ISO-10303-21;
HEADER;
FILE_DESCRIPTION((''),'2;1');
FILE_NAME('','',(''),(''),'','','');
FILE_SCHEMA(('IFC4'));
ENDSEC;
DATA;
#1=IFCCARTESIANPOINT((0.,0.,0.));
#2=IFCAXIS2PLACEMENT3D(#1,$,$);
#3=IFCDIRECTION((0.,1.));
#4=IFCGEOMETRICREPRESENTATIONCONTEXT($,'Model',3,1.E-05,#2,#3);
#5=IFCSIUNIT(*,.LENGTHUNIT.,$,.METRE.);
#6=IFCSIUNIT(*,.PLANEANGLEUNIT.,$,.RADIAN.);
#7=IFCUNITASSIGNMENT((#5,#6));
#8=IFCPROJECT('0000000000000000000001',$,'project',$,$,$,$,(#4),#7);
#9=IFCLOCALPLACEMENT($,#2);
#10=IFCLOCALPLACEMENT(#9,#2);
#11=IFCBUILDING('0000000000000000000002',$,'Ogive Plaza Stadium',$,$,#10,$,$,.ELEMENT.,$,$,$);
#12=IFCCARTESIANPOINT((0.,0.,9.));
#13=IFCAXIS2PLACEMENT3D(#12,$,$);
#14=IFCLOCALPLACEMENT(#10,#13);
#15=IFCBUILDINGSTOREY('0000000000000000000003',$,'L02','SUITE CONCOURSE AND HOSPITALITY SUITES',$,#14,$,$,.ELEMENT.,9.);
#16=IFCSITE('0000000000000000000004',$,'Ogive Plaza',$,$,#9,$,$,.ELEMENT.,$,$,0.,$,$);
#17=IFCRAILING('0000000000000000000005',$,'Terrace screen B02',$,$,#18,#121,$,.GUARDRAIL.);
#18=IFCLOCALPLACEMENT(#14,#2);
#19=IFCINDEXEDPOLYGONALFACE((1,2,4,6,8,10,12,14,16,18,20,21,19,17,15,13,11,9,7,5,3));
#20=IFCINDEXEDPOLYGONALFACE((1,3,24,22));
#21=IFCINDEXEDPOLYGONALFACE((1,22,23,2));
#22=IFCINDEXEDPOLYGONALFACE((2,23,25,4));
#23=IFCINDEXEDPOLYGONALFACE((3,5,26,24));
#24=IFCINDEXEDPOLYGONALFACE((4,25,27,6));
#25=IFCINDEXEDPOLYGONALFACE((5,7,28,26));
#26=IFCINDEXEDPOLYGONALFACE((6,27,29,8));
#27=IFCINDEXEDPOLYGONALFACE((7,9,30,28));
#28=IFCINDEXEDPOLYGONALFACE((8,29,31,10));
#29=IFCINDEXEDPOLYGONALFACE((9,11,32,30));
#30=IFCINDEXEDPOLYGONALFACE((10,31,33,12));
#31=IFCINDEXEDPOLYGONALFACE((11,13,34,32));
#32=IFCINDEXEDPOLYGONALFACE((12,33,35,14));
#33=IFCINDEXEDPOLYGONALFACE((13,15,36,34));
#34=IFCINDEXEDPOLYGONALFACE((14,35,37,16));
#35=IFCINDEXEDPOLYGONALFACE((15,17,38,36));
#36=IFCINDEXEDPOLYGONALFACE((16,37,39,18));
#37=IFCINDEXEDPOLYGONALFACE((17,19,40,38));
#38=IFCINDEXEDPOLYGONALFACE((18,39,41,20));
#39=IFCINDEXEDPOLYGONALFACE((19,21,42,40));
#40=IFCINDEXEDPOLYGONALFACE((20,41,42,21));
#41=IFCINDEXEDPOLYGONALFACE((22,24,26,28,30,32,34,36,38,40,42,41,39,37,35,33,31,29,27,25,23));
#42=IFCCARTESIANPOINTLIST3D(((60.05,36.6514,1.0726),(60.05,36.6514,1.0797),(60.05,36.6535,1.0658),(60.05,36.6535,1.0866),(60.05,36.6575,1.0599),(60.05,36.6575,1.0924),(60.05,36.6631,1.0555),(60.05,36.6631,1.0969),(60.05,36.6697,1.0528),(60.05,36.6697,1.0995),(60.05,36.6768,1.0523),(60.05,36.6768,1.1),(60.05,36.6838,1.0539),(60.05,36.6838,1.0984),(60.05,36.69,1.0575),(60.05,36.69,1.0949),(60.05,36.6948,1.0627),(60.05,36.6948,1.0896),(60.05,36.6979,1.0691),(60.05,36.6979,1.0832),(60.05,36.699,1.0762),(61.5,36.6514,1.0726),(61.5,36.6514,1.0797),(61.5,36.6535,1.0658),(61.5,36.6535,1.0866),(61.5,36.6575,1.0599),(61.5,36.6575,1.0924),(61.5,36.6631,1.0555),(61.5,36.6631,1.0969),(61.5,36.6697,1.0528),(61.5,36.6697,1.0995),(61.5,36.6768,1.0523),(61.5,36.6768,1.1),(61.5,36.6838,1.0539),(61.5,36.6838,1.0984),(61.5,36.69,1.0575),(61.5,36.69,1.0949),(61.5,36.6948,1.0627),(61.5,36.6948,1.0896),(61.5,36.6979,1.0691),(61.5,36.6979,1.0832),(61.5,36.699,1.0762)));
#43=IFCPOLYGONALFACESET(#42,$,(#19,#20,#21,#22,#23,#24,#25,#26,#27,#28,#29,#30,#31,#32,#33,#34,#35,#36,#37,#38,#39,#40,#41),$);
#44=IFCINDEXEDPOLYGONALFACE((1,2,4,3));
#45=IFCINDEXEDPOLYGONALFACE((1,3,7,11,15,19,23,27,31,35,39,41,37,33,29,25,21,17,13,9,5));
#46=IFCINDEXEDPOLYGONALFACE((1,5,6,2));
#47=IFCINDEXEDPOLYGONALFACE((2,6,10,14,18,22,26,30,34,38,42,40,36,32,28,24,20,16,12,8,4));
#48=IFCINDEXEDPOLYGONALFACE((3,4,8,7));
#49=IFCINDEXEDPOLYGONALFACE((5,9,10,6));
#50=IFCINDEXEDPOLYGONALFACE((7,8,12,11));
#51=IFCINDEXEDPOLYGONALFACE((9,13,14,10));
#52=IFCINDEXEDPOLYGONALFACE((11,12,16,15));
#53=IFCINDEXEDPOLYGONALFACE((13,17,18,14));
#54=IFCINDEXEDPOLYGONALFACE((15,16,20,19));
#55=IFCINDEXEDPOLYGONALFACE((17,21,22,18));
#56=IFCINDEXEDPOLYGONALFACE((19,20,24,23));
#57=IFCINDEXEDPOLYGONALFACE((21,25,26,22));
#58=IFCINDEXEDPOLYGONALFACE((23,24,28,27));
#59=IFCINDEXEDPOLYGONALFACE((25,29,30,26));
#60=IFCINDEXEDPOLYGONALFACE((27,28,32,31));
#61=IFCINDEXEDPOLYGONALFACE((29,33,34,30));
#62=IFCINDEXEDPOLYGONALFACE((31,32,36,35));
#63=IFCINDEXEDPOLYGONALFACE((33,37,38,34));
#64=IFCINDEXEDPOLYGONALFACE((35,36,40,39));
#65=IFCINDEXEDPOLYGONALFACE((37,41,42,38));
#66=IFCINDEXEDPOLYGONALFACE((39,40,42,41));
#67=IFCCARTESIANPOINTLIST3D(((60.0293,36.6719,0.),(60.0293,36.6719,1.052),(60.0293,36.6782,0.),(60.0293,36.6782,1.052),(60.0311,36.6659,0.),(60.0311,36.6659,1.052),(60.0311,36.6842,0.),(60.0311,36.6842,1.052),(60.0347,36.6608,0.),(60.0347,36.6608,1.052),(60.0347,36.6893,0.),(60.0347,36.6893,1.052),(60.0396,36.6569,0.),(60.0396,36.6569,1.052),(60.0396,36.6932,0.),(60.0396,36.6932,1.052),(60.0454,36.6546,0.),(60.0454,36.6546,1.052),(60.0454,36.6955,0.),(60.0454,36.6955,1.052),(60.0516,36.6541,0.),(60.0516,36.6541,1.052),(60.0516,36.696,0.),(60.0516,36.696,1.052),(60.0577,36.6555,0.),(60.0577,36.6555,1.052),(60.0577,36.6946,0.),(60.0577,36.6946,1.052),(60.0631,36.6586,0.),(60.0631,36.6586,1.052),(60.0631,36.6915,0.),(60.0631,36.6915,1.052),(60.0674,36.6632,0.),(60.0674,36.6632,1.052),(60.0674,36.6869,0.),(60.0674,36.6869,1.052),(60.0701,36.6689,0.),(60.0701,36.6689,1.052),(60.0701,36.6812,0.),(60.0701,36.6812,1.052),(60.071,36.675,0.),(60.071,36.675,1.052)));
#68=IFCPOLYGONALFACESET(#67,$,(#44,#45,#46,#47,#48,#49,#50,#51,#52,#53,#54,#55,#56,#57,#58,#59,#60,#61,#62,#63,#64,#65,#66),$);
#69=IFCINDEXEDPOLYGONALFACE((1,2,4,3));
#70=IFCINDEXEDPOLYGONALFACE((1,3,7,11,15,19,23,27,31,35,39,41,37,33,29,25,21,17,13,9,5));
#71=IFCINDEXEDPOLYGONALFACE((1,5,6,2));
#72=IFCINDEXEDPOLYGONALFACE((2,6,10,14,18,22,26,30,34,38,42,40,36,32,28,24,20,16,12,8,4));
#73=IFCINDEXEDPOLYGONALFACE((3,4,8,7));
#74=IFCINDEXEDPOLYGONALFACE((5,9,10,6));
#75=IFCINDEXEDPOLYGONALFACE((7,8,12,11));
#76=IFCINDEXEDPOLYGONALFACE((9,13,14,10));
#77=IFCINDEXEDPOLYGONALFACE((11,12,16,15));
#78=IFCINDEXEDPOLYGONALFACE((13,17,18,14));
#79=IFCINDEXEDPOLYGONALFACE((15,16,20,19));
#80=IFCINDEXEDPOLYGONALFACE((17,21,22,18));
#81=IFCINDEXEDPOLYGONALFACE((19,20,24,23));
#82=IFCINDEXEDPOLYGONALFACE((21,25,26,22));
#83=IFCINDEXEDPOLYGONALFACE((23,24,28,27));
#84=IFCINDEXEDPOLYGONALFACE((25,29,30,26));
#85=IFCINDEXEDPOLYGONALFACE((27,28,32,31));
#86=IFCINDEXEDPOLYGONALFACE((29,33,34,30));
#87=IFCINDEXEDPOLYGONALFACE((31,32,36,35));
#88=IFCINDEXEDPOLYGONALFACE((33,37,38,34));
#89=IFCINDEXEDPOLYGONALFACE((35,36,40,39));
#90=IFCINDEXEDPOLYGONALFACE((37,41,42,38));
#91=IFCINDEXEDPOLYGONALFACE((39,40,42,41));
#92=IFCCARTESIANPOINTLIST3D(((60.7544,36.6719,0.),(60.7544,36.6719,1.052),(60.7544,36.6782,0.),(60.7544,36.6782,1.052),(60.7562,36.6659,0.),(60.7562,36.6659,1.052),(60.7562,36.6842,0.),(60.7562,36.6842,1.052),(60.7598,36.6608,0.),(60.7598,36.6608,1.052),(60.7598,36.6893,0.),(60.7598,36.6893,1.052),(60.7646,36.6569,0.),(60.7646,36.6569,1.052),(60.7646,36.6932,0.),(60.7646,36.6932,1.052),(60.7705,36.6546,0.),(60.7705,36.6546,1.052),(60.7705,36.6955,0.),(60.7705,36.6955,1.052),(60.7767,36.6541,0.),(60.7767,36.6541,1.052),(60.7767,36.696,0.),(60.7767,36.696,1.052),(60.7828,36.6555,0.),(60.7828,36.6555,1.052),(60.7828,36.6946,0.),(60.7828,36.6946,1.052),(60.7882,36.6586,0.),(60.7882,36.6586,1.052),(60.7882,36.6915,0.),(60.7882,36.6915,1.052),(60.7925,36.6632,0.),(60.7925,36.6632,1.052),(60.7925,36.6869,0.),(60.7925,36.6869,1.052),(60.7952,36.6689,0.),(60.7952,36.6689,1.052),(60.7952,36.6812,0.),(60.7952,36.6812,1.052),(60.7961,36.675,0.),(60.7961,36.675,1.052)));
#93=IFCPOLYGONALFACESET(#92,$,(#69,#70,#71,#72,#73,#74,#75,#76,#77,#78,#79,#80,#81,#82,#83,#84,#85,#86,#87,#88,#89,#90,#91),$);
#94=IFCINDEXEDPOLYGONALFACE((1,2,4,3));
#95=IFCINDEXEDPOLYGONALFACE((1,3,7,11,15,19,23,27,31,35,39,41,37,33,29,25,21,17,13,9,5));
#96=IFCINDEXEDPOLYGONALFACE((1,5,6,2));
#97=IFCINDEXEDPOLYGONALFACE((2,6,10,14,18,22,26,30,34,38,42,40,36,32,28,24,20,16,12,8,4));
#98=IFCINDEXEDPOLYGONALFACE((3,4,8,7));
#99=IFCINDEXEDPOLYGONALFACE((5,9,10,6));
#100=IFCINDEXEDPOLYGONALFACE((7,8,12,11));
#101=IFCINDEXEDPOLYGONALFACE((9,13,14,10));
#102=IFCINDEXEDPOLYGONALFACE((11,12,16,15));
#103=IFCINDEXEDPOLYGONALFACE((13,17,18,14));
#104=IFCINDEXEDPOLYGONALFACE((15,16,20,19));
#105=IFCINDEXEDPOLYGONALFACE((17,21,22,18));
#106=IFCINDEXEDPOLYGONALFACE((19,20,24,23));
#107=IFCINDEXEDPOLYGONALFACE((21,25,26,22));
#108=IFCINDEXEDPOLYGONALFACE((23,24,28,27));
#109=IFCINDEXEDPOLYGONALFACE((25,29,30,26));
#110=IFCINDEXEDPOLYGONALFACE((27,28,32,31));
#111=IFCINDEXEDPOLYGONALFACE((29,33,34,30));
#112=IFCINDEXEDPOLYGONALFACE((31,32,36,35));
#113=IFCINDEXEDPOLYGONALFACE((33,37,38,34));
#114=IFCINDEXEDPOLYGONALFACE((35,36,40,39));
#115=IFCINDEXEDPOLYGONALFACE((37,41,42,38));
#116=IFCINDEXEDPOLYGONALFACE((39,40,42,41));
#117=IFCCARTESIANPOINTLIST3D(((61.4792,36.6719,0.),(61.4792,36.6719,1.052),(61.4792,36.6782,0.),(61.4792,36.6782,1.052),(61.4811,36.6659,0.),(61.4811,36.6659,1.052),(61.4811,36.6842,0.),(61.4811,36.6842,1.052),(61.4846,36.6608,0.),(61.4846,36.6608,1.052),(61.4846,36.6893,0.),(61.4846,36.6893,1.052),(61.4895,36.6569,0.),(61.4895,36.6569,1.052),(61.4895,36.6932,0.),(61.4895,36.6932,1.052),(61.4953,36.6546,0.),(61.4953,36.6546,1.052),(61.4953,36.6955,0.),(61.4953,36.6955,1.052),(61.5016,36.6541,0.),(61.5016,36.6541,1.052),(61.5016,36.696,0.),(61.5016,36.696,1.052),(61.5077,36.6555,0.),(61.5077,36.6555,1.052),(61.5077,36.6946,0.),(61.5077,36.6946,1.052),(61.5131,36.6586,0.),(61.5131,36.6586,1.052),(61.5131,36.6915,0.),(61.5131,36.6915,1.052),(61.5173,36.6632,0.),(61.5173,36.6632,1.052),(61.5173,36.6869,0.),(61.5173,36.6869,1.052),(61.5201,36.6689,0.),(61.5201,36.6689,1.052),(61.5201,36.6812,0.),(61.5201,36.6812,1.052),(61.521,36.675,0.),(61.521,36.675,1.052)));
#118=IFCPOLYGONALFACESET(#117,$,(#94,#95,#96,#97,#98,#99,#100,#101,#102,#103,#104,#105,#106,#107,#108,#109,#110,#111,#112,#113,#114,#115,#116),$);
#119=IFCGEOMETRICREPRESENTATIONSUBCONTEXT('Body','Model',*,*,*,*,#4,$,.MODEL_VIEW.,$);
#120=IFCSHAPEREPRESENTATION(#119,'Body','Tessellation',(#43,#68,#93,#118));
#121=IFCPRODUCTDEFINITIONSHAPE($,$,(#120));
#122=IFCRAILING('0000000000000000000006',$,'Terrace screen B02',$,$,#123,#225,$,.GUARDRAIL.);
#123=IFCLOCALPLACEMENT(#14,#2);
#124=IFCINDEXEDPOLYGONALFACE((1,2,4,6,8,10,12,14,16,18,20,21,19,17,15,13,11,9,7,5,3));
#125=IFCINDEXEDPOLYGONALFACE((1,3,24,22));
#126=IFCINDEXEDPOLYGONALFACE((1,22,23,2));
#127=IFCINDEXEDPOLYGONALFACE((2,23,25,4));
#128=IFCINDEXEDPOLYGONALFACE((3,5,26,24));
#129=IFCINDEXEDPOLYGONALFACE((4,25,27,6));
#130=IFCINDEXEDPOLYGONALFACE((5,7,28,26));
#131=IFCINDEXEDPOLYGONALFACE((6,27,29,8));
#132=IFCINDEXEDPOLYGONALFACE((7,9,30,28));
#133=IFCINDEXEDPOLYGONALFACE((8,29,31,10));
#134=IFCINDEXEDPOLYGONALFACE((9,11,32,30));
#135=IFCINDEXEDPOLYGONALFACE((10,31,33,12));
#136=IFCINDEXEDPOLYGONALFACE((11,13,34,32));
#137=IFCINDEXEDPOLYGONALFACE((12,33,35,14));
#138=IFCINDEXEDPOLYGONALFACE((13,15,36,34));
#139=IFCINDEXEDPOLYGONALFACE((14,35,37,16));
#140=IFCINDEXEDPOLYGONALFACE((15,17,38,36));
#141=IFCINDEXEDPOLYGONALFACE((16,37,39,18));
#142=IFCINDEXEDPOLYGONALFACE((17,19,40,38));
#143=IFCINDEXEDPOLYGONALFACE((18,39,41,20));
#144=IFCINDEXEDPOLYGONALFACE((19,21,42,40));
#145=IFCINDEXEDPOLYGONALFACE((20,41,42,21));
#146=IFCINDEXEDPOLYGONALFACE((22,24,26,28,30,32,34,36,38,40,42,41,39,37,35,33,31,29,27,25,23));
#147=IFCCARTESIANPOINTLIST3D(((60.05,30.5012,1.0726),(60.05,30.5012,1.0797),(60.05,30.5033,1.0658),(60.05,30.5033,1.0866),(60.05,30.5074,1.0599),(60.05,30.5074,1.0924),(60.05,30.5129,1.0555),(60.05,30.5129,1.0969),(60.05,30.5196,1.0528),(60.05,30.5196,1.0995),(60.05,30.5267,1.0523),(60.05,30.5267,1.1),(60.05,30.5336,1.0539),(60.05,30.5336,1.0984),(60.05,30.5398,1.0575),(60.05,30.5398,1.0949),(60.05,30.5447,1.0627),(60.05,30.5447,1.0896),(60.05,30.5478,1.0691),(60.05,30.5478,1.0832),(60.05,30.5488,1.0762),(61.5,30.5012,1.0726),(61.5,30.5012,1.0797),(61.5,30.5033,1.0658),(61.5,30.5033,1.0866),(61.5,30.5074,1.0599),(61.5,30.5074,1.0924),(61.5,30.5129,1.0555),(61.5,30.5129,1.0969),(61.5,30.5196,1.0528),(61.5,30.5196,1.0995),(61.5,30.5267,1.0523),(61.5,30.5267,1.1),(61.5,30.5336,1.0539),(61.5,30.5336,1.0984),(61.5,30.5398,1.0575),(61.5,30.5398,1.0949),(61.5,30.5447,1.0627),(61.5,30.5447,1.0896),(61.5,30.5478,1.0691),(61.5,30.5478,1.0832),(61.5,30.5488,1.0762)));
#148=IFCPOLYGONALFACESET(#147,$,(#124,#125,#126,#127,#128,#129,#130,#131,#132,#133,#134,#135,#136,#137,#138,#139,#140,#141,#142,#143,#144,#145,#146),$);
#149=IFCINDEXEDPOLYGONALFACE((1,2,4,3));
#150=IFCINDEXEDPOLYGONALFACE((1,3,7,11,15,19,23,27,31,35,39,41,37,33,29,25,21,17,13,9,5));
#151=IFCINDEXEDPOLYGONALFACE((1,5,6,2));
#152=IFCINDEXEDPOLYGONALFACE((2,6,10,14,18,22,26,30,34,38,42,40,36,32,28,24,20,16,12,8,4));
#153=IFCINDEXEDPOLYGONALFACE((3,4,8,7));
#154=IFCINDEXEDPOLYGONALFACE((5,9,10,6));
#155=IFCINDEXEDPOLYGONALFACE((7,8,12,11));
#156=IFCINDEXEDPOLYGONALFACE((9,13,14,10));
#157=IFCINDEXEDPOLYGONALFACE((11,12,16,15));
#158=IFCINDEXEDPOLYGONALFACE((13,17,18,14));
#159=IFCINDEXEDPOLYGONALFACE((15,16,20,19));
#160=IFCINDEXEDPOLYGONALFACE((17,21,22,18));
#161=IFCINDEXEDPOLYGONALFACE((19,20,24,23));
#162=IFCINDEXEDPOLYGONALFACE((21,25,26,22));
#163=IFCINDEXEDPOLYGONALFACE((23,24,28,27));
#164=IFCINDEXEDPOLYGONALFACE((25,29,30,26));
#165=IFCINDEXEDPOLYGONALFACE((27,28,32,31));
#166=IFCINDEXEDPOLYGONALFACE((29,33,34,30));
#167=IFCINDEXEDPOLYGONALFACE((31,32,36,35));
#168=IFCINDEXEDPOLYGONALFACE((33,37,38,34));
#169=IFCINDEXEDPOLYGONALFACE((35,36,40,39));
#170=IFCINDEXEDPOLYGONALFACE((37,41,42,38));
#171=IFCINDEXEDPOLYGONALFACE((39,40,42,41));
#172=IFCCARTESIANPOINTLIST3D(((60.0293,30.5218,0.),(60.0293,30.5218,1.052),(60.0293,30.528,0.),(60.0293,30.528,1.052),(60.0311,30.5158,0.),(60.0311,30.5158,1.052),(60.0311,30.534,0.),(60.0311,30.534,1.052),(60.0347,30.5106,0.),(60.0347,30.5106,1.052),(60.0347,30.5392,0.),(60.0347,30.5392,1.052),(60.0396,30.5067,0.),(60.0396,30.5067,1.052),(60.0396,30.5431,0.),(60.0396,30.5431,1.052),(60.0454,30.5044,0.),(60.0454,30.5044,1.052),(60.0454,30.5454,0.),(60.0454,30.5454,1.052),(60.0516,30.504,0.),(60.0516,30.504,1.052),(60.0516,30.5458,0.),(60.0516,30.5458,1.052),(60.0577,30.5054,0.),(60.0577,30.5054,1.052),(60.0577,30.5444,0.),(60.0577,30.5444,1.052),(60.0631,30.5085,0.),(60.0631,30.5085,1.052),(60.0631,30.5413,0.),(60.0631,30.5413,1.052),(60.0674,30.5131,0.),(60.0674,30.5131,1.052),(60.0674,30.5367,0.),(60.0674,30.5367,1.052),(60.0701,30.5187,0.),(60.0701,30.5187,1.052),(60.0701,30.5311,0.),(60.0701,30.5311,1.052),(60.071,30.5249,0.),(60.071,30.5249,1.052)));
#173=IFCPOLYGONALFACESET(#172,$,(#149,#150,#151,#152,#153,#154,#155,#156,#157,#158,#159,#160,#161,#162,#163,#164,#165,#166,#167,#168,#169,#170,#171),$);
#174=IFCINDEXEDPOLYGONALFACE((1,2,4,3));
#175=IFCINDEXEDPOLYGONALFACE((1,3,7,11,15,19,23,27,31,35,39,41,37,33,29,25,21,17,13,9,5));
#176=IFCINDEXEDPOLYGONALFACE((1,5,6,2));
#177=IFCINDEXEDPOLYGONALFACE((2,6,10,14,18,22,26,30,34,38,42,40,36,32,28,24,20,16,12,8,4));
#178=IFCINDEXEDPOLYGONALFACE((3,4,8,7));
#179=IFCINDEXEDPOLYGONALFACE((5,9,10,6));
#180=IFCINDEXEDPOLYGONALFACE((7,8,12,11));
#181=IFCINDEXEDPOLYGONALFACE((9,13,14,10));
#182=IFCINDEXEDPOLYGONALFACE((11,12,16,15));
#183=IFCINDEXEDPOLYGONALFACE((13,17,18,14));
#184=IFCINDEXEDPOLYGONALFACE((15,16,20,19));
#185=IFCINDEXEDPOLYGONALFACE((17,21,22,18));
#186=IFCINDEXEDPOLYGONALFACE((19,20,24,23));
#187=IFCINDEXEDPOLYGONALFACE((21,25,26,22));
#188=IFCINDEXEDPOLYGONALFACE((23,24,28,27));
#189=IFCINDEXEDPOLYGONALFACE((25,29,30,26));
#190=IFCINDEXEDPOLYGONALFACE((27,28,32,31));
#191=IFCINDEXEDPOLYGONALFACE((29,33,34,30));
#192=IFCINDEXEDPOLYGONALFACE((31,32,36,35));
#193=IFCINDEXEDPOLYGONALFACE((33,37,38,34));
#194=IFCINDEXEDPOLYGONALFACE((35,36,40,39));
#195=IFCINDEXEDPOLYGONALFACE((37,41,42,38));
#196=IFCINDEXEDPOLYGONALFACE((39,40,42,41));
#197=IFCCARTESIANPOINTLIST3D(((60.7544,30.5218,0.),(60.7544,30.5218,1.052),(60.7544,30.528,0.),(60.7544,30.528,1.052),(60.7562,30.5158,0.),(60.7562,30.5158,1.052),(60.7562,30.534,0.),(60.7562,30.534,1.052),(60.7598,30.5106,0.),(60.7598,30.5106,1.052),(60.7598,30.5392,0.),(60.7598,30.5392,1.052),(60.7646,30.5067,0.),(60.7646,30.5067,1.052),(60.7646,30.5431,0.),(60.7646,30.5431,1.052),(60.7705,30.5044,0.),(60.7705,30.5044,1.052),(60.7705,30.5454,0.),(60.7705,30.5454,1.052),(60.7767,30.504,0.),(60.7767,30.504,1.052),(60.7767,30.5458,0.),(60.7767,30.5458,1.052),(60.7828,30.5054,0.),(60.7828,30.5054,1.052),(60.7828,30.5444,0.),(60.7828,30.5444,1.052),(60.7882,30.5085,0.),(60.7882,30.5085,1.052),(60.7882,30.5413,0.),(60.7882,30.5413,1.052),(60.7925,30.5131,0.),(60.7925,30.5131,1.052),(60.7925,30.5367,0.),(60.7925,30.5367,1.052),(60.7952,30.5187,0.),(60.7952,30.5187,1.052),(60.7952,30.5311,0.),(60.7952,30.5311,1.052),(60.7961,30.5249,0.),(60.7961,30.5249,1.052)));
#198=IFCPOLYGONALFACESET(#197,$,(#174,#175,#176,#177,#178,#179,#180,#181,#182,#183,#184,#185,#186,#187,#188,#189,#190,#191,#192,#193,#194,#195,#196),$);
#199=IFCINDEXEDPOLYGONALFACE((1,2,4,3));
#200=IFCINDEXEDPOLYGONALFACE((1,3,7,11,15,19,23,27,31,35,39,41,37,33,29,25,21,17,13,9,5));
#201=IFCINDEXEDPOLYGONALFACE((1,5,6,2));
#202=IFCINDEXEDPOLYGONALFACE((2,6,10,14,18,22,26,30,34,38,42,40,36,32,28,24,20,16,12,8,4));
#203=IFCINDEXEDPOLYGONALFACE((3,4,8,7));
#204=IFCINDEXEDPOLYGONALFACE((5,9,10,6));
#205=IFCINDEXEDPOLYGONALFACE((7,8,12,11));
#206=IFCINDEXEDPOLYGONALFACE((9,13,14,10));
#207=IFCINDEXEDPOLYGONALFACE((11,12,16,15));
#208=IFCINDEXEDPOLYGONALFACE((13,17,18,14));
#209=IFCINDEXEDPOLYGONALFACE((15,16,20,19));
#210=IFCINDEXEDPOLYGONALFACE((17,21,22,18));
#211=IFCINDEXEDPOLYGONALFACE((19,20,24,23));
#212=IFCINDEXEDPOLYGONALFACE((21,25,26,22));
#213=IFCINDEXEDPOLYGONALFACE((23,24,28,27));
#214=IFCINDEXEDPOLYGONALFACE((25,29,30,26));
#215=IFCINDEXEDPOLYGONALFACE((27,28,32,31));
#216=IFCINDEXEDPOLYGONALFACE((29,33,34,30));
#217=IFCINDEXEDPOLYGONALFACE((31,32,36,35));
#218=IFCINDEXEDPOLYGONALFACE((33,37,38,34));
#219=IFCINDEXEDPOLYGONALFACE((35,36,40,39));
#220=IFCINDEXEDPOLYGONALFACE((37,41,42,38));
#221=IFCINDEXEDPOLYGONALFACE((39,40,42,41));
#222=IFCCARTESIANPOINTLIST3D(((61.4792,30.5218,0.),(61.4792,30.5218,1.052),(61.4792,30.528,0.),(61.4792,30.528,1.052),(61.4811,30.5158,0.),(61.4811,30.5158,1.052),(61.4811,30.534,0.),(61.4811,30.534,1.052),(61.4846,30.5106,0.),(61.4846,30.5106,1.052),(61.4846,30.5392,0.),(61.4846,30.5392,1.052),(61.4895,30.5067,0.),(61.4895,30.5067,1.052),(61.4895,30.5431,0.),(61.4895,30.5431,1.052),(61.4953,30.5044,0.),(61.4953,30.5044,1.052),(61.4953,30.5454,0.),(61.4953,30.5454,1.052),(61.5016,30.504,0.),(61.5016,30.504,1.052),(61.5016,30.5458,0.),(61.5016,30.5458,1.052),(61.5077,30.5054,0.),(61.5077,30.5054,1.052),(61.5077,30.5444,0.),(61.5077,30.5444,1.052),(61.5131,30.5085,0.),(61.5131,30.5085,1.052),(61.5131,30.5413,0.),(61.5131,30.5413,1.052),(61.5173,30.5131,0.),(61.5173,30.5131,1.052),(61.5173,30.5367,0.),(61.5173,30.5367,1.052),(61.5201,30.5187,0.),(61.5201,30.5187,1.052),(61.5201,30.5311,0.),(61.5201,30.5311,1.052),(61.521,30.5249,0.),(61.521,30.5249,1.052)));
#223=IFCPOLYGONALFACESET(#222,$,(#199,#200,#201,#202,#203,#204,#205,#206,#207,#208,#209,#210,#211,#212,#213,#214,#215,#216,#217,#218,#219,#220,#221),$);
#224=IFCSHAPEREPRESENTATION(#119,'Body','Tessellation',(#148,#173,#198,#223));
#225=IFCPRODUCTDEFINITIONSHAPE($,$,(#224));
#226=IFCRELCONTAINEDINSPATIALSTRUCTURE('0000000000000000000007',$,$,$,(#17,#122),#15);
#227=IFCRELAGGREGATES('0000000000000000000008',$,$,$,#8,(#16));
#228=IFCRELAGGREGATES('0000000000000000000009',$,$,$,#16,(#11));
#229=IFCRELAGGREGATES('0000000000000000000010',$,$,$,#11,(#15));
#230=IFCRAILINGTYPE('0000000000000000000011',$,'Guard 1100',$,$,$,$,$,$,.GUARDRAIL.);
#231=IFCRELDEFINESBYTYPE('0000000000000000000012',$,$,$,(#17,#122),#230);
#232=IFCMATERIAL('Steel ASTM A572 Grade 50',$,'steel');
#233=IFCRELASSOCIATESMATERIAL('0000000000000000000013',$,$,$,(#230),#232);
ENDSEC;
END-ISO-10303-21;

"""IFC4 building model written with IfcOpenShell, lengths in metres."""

from ifc_helpers import new_model, si_unit, direction, frame, origin, origin_2d, place, context, subcontext, project, spatial, circle, extrude, material, type_object, element, save


model = new_model("IFC4")

# Units and contexts
model_context = context("Model", 3, precision=1e-05, world=origin(), true_north=direction((0.0, 1.0)))
body_context = subcontext(model_context, "Body", "Model", "MODEL_VIEW")
ifc_project = project(units=[si_unit("LENGTHUNIT", "METRE"), si_unit("PLANEANGLEUNIT", "RADIAN")], contexts=[model_context])

# Site, building, storey
site_placement = place(None, origin())
site = spatial("IfcSite", under=ifc_project, at=site_placement, Name="Ogive Plaza", CompositionType="ELEMENT", RefElevation=0.0)
building_placement = place(site_placement, origin())
building = spatial("IfcBuilding", under=site, at=building_placement, Name="Ogive Plaza Stadium", CompositionType="ELEMENT")
storey_placement = place(building_placement, frame((0.0, 0.0, 9.0)))
storey = spatial("IfcBuildingStorey", under=building, at=storey_placement, Name="L02", Description="SUITE CONCOURSE AND HOSPITALITY SUITES", CompositionType="ELEMENT", Elevation=9.0)

# Railings
ifc_material_1 = material(Name="Steel ASTM A572 Grade 50", Category="steel")
railing_type = type_object("IfcRailingType", Name="Guard 1100", PredefinedType="GUARDRAIL", material=ifc_material_1)
for number, where, name in (
    (1, (60.05, 36.675, 0.0), "Terrace screen B02"),
    (2, (60.05, 30.5249, 0.0), "Terrace screen B02"),
):
    element("IfcRailing", number, at=place(storey_placement, frame(where)), inside=storey, type_object=railing_type, Name=name, PredefinedType="GUARDRAIL", context=body_context, shape_type="SweptSolid", body=[
        extrude(circle(Radius=0.0239, at=origin_2d()), frame((0.0, 0.0, 1.0762), z_axis=(1.0, 0.0, 0.0), x_axis=(0.0, 1.0, 0.0)), (0.0, 0.0, 1.0), 1.45),
        extrude(circle(Radius=0.021, at=origin_2d()), origin(), (0.0, 0.0, 1.0), 1.052),
        extrude(circle(Radius=0.021, at=origin_2d()), frame((0.7251, 0.0, 0.0)), (0.0, 0.0, 1.0), 1.052),
        extrude(circle(Radius=0.021, at=origin_2d()), frame((1.45, 0.0, 0.0)), (0.0, 0.0, 1.0), 1.052),
    ])

save(model, "model.ifc")
